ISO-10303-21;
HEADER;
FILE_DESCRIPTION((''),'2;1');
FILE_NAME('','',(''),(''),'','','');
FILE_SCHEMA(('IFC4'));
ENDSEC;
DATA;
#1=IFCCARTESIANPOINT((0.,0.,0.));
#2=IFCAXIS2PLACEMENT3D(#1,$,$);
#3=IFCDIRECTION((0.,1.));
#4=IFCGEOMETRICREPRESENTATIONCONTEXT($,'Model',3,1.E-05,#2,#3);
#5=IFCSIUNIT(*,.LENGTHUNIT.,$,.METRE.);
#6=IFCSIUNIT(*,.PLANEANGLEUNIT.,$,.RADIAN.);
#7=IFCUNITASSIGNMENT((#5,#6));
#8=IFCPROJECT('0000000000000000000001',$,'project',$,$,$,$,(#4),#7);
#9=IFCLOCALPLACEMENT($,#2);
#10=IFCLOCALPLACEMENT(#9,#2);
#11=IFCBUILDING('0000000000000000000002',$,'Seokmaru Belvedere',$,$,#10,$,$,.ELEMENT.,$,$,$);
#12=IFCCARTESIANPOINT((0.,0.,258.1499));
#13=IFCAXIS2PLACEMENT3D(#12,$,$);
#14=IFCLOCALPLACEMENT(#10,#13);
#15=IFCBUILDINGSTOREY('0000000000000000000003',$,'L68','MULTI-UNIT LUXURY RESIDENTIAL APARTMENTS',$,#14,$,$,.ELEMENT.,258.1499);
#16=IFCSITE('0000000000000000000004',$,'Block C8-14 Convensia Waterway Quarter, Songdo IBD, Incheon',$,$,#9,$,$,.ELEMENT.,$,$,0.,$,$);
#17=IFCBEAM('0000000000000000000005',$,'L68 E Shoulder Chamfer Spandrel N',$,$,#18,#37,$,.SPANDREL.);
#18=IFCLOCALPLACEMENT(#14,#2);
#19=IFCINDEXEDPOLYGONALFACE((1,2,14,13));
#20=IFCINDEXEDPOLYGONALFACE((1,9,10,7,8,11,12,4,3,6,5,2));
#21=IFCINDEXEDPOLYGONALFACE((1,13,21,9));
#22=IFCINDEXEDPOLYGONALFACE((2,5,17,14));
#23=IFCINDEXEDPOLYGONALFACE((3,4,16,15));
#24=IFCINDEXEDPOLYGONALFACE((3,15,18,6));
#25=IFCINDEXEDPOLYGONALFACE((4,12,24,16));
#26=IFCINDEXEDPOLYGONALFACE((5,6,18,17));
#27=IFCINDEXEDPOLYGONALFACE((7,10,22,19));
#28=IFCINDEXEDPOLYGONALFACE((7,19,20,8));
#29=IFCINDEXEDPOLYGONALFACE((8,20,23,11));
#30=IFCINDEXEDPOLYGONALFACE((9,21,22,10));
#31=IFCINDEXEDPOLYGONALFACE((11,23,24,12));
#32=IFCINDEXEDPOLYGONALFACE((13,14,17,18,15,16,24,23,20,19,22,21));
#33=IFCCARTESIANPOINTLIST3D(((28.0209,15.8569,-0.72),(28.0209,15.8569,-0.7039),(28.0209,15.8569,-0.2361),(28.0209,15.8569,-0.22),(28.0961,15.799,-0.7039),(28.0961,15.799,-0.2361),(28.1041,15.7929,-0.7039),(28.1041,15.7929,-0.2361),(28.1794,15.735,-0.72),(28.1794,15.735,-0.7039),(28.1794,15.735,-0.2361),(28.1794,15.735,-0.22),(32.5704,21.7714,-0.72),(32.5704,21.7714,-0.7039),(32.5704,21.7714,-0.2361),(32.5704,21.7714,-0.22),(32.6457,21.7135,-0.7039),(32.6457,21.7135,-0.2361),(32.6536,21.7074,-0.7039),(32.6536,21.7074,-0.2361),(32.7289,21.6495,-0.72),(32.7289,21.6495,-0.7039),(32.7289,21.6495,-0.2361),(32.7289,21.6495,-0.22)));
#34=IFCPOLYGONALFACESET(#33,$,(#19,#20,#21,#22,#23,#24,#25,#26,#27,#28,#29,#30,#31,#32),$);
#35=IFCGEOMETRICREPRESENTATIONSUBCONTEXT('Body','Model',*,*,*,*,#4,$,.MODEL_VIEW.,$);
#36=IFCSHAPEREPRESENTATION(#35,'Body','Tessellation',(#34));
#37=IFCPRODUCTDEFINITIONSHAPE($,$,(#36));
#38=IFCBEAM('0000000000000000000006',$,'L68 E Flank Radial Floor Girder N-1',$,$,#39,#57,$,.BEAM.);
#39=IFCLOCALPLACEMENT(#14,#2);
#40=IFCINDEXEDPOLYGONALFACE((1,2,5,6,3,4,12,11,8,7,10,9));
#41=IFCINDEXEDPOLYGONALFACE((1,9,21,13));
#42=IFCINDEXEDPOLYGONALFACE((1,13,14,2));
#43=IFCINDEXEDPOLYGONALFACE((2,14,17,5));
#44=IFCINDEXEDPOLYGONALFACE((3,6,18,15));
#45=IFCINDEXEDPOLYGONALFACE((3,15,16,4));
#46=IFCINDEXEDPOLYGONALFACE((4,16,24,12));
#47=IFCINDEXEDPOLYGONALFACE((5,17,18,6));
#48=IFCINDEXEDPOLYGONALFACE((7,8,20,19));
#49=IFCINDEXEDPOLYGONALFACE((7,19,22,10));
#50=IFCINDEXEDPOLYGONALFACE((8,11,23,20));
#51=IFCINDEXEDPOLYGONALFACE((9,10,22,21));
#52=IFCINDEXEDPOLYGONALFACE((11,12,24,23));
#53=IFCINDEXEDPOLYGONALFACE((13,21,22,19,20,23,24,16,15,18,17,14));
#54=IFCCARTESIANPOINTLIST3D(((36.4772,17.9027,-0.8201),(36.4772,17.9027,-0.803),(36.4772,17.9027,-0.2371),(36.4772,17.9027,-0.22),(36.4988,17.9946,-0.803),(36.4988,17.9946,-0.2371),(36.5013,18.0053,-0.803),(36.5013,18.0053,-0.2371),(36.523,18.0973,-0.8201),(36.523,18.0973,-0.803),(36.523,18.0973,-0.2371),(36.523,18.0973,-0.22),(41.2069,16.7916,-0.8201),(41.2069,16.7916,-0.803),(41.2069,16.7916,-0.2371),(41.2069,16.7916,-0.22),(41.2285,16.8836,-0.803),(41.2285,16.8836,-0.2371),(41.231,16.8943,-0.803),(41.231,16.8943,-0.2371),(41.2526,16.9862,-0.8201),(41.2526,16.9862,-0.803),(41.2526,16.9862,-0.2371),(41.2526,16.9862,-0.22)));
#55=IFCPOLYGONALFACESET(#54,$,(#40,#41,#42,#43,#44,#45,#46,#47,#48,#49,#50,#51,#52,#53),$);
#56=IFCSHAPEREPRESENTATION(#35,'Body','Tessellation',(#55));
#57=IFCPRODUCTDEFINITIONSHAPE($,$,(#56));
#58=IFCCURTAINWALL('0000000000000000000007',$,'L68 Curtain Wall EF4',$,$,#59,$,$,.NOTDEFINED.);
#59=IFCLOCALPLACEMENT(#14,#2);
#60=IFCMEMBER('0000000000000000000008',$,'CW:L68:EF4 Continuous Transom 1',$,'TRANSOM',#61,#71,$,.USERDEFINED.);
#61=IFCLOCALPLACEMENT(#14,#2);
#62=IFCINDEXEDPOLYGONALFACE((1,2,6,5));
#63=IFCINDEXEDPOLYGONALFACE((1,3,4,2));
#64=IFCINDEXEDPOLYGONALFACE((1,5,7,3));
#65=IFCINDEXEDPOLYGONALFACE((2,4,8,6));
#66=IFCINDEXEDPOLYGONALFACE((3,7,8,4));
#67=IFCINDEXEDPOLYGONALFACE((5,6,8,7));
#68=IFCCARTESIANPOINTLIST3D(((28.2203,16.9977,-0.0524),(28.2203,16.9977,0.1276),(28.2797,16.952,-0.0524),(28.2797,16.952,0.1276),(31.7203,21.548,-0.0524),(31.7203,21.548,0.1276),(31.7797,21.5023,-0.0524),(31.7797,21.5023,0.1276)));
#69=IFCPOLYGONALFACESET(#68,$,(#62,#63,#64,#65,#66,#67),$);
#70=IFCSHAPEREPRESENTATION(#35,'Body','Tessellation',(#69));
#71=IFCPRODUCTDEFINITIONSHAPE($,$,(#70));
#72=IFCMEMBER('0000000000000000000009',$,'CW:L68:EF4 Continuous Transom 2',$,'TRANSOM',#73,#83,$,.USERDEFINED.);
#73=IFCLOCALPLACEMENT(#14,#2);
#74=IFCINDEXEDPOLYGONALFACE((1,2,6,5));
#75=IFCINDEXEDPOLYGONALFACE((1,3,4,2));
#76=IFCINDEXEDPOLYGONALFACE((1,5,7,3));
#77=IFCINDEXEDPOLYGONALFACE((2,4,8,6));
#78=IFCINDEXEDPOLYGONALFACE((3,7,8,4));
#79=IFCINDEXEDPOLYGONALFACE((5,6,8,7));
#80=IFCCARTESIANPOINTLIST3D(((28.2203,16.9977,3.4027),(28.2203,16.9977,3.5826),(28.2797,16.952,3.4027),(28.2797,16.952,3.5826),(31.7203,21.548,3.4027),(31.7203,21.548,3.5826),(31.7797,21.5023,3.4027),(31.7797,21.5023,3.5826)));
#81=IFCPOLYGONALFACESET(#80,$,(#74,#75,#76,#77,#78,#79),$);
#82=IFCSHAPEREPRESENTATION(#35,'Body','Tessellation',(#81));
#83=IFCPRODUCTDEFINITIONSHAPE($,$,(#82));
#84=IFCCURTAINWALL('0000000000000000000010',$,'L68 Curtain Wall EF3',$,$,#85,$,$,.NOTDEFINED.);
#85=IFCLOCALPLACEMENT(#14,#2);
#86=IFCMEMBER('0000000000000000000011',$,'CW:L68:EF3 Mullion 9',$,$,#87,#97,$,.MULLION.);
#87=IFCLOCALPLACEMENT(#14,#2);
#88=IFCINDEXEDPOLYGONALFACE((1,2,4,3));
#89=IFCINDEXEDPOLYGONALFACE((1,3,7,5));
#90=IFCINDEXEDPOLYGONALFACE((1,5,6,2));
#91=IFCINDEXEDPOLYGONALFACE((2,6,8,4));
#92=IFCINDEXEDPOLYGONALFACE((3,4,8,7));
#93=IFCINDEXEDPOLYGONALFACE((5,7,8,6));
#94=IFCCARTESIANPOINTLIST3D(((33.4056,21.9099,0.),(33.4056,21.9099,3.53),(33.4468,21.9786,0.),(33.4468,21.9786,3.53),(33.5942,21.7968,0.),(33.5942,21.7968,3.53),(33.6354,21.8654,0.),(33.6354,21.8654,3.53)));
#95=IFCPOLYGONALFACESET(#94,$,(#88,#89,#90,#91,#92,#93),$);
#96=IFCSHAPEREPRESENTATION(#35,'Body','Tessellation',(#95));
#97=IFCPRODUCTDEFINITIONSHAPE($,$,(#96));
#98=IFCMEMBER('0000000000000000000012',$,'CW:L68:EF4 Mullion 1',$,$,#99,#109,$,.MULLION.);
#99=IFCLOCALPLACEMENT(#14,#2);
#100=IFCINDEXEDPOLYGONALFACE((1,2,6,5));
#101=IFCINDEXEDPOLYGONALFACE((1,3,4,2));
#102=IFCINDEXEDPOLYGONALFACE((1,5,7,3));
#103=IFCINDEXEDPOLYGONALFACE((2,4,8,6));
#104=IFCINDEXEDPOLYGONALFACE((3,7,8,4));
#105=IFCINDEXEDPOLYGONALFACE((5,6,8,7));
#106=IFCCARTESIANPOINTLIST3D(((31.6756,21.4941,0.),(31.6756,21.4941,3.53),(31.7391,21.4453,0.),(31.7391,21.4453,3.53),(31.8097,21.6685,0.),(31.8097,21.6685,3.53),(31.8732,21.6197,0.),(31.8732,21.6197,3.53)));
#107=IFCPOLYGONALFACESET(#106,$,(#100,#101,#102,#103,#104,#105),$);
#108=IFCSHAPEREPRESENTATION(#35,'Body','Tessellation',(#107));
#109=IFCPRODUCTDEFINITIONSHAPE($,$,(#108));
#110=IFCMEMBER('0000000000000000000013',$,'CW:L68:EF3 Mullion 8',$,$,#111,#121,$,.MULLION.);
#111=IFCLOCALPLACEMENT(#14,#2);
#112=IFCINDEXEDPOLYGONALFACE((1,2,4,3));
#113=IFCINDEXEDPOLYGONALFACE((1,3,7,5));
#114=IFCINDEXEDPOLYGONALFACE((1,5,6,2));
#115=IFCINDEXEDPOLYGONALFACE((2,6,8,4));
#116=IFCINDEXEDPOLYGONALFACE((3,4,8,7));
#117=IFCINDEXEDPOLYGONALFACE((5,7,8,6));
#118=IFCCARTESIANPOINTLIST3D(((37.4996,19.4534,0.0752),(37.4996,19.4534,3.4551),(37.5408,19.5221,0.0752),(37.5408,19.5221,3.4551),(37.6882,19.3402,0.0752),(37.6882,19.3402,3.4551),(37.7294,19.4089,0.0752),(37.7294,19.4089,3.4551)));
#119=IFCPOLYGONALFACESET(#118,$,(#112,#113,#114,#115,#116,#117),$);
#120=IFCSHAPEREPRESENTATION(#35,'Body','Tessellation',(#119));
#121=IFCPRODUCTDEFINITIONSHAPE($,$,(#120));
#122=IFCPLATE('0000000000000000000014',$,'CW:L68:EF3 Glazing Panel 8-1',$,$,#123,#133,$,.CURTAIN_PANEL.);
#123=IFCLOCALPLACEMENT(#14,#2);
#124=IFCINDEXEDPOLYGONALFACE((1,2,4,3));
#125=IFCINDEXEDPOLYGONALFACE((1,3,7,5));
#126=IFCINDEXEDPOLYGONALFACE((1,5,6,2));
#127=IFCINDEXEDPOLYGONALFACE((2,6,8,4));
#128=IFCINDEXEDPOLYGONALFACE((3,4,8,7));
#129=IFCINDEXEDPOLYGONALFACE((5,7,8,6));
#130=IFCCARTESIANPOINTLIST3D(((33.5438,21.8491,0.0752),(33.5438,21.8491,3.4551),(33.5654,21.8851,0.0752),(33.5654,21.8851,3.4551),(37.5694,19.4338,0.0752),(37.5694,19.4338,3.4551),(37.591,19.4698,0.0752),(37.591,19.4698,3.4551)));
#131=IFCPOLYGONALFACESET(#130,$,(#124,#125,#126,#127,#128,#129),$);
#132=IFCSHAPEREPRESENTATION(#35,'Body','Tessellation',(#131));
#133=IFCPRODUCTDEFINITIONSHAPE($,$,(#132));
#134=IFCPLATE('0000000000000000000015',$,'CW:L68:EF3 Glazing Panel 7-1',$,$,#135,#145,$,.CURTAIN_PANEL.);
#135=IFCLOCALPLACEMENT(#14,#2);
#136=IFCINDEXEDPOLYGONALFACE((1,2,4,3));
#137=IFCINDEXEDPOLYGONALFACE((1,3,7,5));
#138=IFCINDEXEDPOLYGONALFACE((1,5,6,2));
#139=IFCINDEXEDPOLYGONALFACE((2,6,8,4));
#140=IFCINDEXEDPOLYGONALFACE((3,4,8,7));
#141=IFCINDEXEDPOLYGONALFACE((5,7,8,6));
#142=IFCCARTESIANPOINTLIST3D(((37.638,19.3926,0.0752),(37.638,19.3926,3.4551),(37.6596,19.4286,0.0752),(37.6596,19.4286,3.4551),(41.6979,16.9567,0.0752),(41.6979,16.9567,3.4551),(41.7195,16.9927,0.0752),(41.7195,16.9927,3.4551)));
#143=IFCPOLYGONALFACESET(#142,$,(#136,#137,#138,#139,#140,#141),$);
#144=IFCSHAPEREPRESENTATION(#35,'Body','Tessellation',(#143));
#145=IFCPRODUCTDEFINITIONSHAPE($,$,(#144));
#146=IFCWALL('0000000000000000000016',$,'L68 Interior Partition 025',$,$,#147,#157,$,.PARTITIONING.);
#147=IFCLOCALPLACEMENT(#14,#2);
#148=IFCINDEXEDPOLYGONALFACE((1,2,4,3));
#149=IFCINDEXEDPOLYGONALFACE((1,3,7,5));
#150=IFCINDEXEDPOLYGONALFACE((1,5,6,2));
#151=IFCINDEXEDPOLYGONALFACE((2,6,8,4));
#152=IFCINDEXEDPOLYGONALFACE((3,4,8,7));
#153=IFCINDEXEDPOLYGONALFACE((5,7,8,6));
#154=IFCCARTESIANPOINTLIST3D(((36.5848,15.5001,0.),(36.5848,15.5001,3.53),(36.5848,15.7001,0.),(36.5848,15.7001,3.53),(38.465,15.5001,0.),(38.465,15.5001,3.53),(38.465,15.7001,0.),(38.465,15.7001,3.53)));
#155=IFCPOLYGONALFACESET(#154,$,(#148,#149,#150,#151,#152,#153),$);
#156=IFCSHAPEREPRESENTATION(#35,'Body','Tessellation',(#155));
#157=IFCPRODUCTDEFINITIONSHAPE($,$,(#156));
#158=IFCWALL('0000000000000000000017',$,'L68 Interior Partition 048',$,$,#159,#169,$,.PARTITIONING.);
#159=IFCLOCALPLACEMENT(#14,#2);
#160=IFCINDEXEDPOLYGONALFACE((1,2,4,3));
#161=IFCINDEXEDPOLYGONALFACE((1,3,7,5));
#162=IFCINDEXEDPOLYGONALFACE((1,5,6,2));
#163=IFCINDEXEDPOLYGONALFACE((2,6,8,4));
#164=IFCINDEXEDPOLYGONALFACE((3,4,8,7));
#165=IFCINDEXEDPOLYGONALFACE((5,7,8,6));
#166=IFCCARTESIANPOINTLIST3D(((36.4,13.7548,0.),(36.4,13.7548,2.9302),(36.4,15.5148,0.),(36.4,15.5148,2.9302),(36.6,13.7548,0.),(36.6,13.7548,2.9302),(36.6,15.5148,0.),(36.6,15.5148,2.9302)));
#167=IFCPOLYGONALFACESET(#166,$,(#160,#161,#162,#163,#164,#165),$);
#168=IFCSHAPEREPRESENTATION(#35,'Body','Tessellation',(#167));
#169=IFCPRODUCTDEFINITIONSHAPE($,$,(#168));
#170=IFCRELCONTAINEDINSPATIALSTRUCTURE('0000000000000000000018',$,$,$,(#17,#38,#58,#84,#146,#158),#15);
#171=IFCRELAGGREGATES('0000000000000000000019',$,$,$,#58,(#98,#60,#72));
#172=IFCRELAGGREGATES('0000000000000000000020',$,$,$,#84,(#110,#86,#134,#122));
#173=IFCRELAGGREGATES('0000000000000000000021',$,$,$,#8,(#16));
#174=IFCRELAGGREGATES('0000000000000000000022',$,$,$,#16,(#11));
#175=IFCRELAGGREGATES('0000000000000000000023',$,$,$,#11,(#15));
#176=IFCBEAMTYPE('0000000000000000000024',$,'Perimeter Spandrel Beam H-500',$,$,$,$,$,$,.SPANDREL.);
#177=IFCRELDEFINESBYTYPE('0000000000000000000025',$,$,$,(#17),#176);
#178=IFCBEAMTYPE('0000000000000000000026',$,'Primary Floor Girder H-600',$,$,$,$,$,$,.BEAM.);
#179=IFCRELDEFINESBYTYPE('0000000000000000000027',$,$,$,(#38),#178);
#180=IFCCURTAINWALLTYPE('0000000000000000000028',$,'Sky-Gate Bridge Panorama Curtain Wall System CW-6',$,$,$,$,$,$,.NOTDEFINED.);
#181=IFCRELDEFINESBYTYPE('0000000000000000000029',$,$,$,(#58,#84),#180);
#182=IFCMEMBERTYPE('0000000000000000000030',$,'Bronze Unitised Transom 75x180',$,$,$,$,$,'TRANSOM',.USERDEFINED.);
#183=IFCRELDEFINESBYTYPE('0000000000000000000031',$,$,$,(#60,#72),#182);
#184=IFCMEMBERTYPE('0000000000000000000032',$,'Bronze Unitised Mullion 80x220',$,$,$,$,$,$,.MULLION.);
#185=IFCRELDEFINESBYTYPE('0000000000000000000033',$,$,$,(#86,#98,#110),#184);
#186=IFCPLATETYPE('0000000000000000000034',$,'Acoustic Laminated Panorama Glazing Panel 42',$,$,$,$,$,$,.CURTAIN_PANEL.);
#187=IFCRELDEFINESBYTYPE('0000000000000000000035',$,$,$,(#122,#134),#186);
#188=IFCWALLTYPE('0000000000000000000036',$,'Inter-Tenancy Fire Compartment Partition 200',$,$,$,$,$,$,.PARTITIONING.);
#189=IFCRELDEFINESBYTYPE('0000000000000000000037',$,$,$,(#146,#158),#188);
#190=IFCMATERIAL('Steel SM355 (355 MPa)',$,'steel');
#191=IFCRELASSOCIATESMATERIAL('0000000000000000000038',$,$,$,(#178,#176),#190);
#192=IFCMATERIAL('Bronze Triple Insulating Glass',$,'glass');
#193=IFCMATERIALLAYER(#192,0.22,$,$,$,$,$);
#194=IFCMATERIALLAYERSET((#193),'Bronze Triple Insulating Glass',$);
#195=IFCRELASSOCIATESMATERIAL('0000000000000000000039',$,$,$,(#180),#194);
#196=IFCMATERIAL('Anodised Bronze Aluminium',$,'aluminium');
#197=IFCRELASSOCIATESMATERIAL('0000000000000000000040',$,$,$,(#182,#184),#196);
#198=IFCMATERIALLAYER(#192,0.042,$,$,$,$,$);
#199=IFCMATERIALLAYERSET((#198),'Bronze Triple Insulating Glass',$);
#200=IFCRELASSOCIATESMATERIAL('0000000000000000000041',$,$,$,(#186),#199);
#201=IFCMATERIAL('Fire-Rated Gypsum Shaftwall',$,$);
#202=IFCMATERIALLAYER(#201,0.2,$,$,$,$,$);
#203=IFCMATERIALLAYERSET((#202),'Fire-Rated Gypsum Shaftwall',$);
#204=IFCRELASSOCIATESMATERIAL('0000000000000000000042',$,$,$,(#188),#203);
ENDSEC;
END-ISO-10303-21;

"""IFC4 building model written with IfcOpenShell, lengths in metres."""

from ifc_helpers import new_model, si_unit, direction, frame, frame_2d, origin, origin_2d, place, context, subcontext, project, spatial, rectangle, i_section, extrude, source, transform, mapped, material, layer, layer_set, material_profile, profile_set, type_object, type_shapes, element, aggregate, save


model = new_model("IFC4")

# Units and contexts
model_context = context("Model", 3, precision=1e-05, world=origin(), true_north=direction((0.0, 1.0)))
body_context = subcontext(model_context, "Body", "Model", "MODEL_VIEW")
ifc_project = project(units=[si_unit("LENGTHUNIT", "METRE"), si_unit("PLANEANGLEUNIT", "RADIAN")], contexts=[model_context])

# Site, building, storey
site_placement = place(None, origin())
site = spatial("IfcSite", under=ifc_project, at=site_placement, Name="Block C8-14 Convensia Waterway Quarter, Songdo IBD, Incheon", CompositionType="ELEMENT", RefElevation=0.0)
building_placement = place(site_placement, origin())
building = spatial("IfcBuilding", under=site, at=building_placement, Name="Seokmaru Belvedere", CompositionType="ELEMENT")
storey_placement = place(building_placement, frame((0.0, 0.0, 258.1499)))
storey = spatial("IfcBuildingStorey", under=building, at=storey_placement, Name="L68", Description="MULTI-UNIT LUXURY RESIDENTIAL APARTMENTS", CompositionType="ELEMENT", Elevation=258.1499)

# Shared definitions
ifc_material_1 = material(Name="Steel SM355 (355 MPa)", Category="steel")

# Beams
ifc_material_profile_1 = material_profile(ifc_material_1, i_section(OverallWidth=0.2, OverallDepth=0.6001, WebThickness=0.011, FlangeThickness=0.0171, at=origin_2d()), Name="H-600x200x11x17")
ifc_profile_set_1 = profile_set([ifc_material_profile_1], Name="Steel SM355 (355 MPa)")
beam_type_1 = type_object("IfcBeamType", Name="Primary Floor Girder H-600", PredefinedType="BEAM", material=ifc_profile_set_1)
ifc_material_profile_2 = material_profile(ifc_material_1, i_section(OverallWidth=0.2, OverallDepth=0.5, WebThickness=0.01, FlangeThickness=0.0161, at=origin_2d()), Name="H-500x200x10x16")
ifc_profile_set_2 = profile_set([ifc_material_profile_2], Name="Steel SM355 (355 MPa)")
beam_type_2 = type_object("IfcBeamType", Name="Perimeter Spandrel Beam H-500", PredefinedType="SPANDREL", material=ifc_profile_set_2)
shared_shape_1 = source(origin(), body_context, "Body", "SweptSolid", [
    extrude(i_section(OverallWidth=0.2, OverallDepth=0.5, WebThickness=0.01, FlangeThickness=0.0161, at=origin_2d()), origin(), (0.0, 0.0, 1.0), 7.4619),
])
beam_1_placement = place(storey_placement, frame((32.6497, 21.7104, -0.47), z_axis=(-0.609703, -0.79263, 0.0), x_axis=(0.79263, -0.609703, 0.0)))
element("IfcBeam", 1, at=beam_1_placement, inside=storey, type_object=beam_type_2, Name="L68 E Shoulder Chamfer Spandrel N", PredefinedType="SPANDREL", context=body_context, shape_type="MappedRepresentation", body=[
    mapped(shared_shape_1, transform((0.0, 0.0, 0.0), scale=1.0)),
])
shared_shape_2 = source(origin(), body_context, "Body", "SweptSolid", [
    extrude(i_section(OverallWidth=0.2, OverallDepth=0.6001, WebThickness=0.011, FlangeThickness=0.0171, at=origin_2d()), origin(), (0.0, 0.0, 1.0), 4.8584),
])
beam_2_placement = place(storey_placement, frame((41.2297, 16.8889, -0.52), z_axis=(-0.973499, 0.228689, 0.0), x_axis=(-0.228689, -0.973499, 0.0)))
element("IfcBeam", 2, at=beam_2_placement, inside=storey, type_object=beam_type_1, Name="L68 E Flank Radial Floor Girder N-1", PredefinedType="BEAM", context=body_context, shape_type="MappedRepresentation", body=[
    mapped(shared_shape_2, transform((0.0, 0.0, 0.0), scale=1.0)),
])

# Curtain wall, members
ifc_material_2 = material(Name="Bronze Triple Insulating Glass", Category="glass")
ifc_layer_1 = layer(ifc_material_2, 0.22)
ifc_layer_set_1 = layer_set([ifc_layer_1], Name="Bronze Triple Insulating Glass")
curtain_wall_type = type_object("IfcCurtainWallType", Name="Sky-Gate Bridge Panorama Curtain Wall System CW-6", PredefinedType="NOTDEFINED", material=ifc_layer_set_1)
curtain_wall_1_placement = place(storey_placement, origin())
curtain_wall_1 = element("IfcCurtainWall", 3, at=curtain_wall_1_placement, inside=storey, type_object=curtain_wall_type, Name="L68 Curtain Wall EF4", PredefinedType="NOTDEFINED")
ifc_material_3 = material(Name="Anodised Bronze Aluminium", Category="aluminium")
ifc_material_profile_3 = material_profile(ifc_material_3, rectangle(XDim=0.075, YDim=0.1799, at=origin_2d()), Name="CW-T-75x180")
ifc_profile_set_3 = profile_set([ifc_material_profile_3], Name="Anodised Bronze Aluminium")
member_type_1 = type_object("IfcMemberType", Name="Bronze Unitised Transom 75x180", ElementType="TRANSOM", PredefinedType="USERDEFINED", material=ifc_profile_set_3)
shared_shape_3 = source(origin(), body_context, "Body", "SweptSolid", [
    extrude(rectangle(XDim=0.075, YDim=0.1799, at=origin_2d()), origin(), (0.0, 0.0, 1.0), 5.7407),
])
type_shapes(member_type_1, [shared_shape_3])
member_1_placement = place(storey_placement, frame((31.75, 21.5251, 0.0376), z_axis=(-0.609686, -0.792643, 0.0), x_axis=(0.792643, -0.609686, 0.0)))
member_1 = element("IfcMember", 4, at=member_1_placement, type_object=member_type_1, Name="CW:L68:EF4 Continuous Transom 1", ObjectType="TRANSOM", PredefinedType="USERDEFINED", context=body_context, shape_type="MappedRepresentation", body=[
    mapped(shared_shape_3, transform((0.0, 0.0, 0.0), scale=1.0)),
])
member_2_placement = place(storey_placement, frame((31.75, 21.5251, 3.4927), z_axis=(-0.609686, -0.792643, 0.0), x_axis=(0.792643, -0.609686, 0.0)))
member_2 = element("IfcMember", 5, at=member_2_placement, type_object=member_type_1, Name="CW:L68:EF4 Continuous Transom 2", ObjectType="TRANSOM", PredefinedType="USERDEFINED", context=body_context, shape_type="MappedRepresentation", body=[
    mapped(shared_shape_3, transform((0.0, 0.0, 0.0), scale=1.0)),
])

# Curtain wall, member
curtain_wall_2_placement = place(storey_placement, origin())
curtain_wall_2 = element("IfcCurtainWall", 6, at=curtain_wall_2_placement, inside=storey, type_object=curtain_wall_type, Name="L68 Curtain Wall EF3", PredefinedType="NOTDEFINED")
ifc_material_profile_4 = material_profile(ifc_material_3, rectangle(XDim=0.0801, YDim=0.22, at=origin_2d()), Name="CW-M-80x220")
ifc_profile_set_4 = profile_set([ifc_material_profile_4], Name="Anodised Bronze Aluminium")
member_type_2 = type_object("IfcMemberType", Name="Bronze Unitised Mullion 80x220", PredefinedType="MULLION", material=ifc_profile_set_4)
shared_shape_4 = source(origin(), body_context, "Body", "SweptSolid", [
    extrude(rectangle(XDim=0.0801, YDim=0.22, at=origin_2d()), origin(), (0.0, 0.0, 1.0), 3.53),
])
member_3_placement = place(storey_placement, frame((33.5205, 21.8877, 0.0), z_axis=(0.0, 0.0, 1.0), x_axis=(-0.514495, -0.857493, 0.0)))
member_3 = element("IfcMember", 7, at=member_3_placement, type_object=member_type_2, Name="CW:L68:EF3 Mullion 9", PredefinedType="MULLION", context=body_context, shape_type="MappedRepresentation", body=[
    mapped(shared_shape_4, transform((0.0, 0.0, 0.0), scale=1.0)),
])

# Members
member_4_placement = place(storey_placement, frame((31.7744, 21.5569, 0.0), z_axis=(0.0, 0.0, 1.0), x_axis=(0.792631, -0.609701, 0.0)))
member_4 = element("IfcMember", 8, at=member_4_placement, type_object=member_type_2, Name="CW:L68:EF4 Mullion 1", PredefinedType="MULLION", context=body_context, shape_type="MappedRepresentation", body=[
    mapped(shared_shape_4, transform((0.0, 0.0, 0.0), scale=1.0)),
])
aggregate(curtain_wall_1, [member_4, member_1, member_2])
shared_shape_5 = source(origin(), body_context, "Body", "SweptSolid", [
    extrude(rectangle(XDim=0.0801, YDim=0.22, at=origin_2d()), origin(), (0.0, 0.0, 1.0), 3.3799),
])
type_shapes(member_type_2, [shared_shape_4, shared_shape_5])
member_5_placement = place(storey_placement, frame((37.6145, 19.4312, 0.0752), z_axis=(0.0, 0.0, 1.0), x_axis=(-0.514495, -0.857493, 0.0)))
member_5 = element("IfcMember", 9, at=member_5_placement, type_object=member_type_2, Name="CW:L68:EF3 Mullion 8", PredefinedType="MULLION", context=body_context, shape_type="MappedRepresentation", body=[
    mapped(shared_shape_5, transform((0.0, 0.0, 0.0), scale=1.0)),
])

# Plates
ifc_layer_2 = layer(ifc_material_2, 0.042)
ifc_layer_set_2 = layer_set([ifc_layer_2], Name="Bronze Triple Insulating Glass")
plate_type = type_object("IfcPlateType", Name="Acoustic Laminated Panorama Glazing Panel 42", PredefinedType="CURTAIN_PANEL", material=ifc_layer_set_2)
shared_shape_6 = source(origin(), body_context, "Body", "SweptSolid", [
    extrude(rectangle(XDim=4.6946, YDim=0.042, at=origin_2d()), origin(), (0.0, 0.0, 1.0), 3.3799),
])
plate_1_placement = place(storey_placement, frame((35.5674, 20.6594, 0.0752), z_axis=(0.0, 0.0, 1.0), x_axis=(-0.857493, 0.514495, 0.0)))
plate_1 = element("IfcPlate", 10, at=plate_1_placement, type_object=plate_type, Name="CW:L68:EF3 Glazing Panel 8-1", PredefinedType="CURTAIN_PANEL", context=body_context, shape_type="MappedRepresentation", body=[
    mapped(shared_shape_6, transform((0.0, 0.0, 0.0), scale=1.0)),
])
shared_shape_7 = source(origin(), body_context, "Body", "SweptSolid", [
    extrude(rectangle(XDim=4.7346, YDim=0.042, at=origin_2d()), origin(), (0.0, 0.0, 1.0), 3.3799),
])
type_shapes(plate_type, [shared_shape_6, shared_shape_7])
plate_2_placement = place(storey_placement, frame((39.6787, 18.1926, 0.0752), z_axis=(0.0, 0.0, 1.0), x_axis=(-0.857493, 0.514495, 0.0)))
plate_2 = element("IfcPlate", 11, at=plate_2_placement, type_object=plate_type, Name="CW:L68:EF3 Glazing Panel 7-1", PredefinedType="CURTAIN_PANEL", context=body_context, shape_type="MappedRepresentation", body=[
    mapped(shared_shape_7, transform((0.0, 0.0, 0.0), scale=1.0)),
])
aggregate(curtain_wall_2, [member_5, member_3, plate_2, plate_1])

# Walls
ifc_material_4 = material(Name="Fire-Rated Gypsum Shaftwall")
ifc_layer_3 = layer(ifc_material_4, 0.2)
ifc_layer_set_3 = layer_set([ifc_layer_3], Name="Fire-Rated Gypsum Shaftwall")
wall_type_1 = type_object("IfcWallType", Name="Inter-Tenancy Fire Compartment Partition 200", PredefinedType="PARTITIONING", material=ifc_layer_set_3)
wall_1_placement = place(storey_placement, frame((36.585, 15.6001, 0.0), z_axis=(0.0, 0.0, 1.0), x_axis=(1.0, 0.0, 0.0)))
element("IfcWall", 12, at=wall_1_placement, inside=storey, type_object=wall_type_1, Name="L68 Interior Partition 025", PredefinedType="PARTITIONING", context=body_context, shape_type="SweptSolid", body=[
    extrude(rectangle(XDim=1.8801, YDim=0.2, at=frame_2d((0.9399, 0.0))), origin(), (0.0, 0.0, 1.0), 3.53),
])
wall_2_placement = place(storey_placement, frame((36.5, 13.7549, 0.0), z_axis=(0.0, 0.0, 1.0), x_axis=(0.0, 1.0, 0.0)))
element("IfcWall", 13, at=wall_2_placement, inside=storey, type_object=wall_type_1, Name="L68 Interior Partition 048", PredefinedType="PARTITIONING", context=body_context, shape_type="SweptSolid", body=[
    extrude(rectangle(XDim=1.76, YDim=0.2, at=frame_2d((0.8799, 0.0))), origin(), (0.0, 0.0, 1.0), 2.9302),
])

save(model, "model.ifc")
